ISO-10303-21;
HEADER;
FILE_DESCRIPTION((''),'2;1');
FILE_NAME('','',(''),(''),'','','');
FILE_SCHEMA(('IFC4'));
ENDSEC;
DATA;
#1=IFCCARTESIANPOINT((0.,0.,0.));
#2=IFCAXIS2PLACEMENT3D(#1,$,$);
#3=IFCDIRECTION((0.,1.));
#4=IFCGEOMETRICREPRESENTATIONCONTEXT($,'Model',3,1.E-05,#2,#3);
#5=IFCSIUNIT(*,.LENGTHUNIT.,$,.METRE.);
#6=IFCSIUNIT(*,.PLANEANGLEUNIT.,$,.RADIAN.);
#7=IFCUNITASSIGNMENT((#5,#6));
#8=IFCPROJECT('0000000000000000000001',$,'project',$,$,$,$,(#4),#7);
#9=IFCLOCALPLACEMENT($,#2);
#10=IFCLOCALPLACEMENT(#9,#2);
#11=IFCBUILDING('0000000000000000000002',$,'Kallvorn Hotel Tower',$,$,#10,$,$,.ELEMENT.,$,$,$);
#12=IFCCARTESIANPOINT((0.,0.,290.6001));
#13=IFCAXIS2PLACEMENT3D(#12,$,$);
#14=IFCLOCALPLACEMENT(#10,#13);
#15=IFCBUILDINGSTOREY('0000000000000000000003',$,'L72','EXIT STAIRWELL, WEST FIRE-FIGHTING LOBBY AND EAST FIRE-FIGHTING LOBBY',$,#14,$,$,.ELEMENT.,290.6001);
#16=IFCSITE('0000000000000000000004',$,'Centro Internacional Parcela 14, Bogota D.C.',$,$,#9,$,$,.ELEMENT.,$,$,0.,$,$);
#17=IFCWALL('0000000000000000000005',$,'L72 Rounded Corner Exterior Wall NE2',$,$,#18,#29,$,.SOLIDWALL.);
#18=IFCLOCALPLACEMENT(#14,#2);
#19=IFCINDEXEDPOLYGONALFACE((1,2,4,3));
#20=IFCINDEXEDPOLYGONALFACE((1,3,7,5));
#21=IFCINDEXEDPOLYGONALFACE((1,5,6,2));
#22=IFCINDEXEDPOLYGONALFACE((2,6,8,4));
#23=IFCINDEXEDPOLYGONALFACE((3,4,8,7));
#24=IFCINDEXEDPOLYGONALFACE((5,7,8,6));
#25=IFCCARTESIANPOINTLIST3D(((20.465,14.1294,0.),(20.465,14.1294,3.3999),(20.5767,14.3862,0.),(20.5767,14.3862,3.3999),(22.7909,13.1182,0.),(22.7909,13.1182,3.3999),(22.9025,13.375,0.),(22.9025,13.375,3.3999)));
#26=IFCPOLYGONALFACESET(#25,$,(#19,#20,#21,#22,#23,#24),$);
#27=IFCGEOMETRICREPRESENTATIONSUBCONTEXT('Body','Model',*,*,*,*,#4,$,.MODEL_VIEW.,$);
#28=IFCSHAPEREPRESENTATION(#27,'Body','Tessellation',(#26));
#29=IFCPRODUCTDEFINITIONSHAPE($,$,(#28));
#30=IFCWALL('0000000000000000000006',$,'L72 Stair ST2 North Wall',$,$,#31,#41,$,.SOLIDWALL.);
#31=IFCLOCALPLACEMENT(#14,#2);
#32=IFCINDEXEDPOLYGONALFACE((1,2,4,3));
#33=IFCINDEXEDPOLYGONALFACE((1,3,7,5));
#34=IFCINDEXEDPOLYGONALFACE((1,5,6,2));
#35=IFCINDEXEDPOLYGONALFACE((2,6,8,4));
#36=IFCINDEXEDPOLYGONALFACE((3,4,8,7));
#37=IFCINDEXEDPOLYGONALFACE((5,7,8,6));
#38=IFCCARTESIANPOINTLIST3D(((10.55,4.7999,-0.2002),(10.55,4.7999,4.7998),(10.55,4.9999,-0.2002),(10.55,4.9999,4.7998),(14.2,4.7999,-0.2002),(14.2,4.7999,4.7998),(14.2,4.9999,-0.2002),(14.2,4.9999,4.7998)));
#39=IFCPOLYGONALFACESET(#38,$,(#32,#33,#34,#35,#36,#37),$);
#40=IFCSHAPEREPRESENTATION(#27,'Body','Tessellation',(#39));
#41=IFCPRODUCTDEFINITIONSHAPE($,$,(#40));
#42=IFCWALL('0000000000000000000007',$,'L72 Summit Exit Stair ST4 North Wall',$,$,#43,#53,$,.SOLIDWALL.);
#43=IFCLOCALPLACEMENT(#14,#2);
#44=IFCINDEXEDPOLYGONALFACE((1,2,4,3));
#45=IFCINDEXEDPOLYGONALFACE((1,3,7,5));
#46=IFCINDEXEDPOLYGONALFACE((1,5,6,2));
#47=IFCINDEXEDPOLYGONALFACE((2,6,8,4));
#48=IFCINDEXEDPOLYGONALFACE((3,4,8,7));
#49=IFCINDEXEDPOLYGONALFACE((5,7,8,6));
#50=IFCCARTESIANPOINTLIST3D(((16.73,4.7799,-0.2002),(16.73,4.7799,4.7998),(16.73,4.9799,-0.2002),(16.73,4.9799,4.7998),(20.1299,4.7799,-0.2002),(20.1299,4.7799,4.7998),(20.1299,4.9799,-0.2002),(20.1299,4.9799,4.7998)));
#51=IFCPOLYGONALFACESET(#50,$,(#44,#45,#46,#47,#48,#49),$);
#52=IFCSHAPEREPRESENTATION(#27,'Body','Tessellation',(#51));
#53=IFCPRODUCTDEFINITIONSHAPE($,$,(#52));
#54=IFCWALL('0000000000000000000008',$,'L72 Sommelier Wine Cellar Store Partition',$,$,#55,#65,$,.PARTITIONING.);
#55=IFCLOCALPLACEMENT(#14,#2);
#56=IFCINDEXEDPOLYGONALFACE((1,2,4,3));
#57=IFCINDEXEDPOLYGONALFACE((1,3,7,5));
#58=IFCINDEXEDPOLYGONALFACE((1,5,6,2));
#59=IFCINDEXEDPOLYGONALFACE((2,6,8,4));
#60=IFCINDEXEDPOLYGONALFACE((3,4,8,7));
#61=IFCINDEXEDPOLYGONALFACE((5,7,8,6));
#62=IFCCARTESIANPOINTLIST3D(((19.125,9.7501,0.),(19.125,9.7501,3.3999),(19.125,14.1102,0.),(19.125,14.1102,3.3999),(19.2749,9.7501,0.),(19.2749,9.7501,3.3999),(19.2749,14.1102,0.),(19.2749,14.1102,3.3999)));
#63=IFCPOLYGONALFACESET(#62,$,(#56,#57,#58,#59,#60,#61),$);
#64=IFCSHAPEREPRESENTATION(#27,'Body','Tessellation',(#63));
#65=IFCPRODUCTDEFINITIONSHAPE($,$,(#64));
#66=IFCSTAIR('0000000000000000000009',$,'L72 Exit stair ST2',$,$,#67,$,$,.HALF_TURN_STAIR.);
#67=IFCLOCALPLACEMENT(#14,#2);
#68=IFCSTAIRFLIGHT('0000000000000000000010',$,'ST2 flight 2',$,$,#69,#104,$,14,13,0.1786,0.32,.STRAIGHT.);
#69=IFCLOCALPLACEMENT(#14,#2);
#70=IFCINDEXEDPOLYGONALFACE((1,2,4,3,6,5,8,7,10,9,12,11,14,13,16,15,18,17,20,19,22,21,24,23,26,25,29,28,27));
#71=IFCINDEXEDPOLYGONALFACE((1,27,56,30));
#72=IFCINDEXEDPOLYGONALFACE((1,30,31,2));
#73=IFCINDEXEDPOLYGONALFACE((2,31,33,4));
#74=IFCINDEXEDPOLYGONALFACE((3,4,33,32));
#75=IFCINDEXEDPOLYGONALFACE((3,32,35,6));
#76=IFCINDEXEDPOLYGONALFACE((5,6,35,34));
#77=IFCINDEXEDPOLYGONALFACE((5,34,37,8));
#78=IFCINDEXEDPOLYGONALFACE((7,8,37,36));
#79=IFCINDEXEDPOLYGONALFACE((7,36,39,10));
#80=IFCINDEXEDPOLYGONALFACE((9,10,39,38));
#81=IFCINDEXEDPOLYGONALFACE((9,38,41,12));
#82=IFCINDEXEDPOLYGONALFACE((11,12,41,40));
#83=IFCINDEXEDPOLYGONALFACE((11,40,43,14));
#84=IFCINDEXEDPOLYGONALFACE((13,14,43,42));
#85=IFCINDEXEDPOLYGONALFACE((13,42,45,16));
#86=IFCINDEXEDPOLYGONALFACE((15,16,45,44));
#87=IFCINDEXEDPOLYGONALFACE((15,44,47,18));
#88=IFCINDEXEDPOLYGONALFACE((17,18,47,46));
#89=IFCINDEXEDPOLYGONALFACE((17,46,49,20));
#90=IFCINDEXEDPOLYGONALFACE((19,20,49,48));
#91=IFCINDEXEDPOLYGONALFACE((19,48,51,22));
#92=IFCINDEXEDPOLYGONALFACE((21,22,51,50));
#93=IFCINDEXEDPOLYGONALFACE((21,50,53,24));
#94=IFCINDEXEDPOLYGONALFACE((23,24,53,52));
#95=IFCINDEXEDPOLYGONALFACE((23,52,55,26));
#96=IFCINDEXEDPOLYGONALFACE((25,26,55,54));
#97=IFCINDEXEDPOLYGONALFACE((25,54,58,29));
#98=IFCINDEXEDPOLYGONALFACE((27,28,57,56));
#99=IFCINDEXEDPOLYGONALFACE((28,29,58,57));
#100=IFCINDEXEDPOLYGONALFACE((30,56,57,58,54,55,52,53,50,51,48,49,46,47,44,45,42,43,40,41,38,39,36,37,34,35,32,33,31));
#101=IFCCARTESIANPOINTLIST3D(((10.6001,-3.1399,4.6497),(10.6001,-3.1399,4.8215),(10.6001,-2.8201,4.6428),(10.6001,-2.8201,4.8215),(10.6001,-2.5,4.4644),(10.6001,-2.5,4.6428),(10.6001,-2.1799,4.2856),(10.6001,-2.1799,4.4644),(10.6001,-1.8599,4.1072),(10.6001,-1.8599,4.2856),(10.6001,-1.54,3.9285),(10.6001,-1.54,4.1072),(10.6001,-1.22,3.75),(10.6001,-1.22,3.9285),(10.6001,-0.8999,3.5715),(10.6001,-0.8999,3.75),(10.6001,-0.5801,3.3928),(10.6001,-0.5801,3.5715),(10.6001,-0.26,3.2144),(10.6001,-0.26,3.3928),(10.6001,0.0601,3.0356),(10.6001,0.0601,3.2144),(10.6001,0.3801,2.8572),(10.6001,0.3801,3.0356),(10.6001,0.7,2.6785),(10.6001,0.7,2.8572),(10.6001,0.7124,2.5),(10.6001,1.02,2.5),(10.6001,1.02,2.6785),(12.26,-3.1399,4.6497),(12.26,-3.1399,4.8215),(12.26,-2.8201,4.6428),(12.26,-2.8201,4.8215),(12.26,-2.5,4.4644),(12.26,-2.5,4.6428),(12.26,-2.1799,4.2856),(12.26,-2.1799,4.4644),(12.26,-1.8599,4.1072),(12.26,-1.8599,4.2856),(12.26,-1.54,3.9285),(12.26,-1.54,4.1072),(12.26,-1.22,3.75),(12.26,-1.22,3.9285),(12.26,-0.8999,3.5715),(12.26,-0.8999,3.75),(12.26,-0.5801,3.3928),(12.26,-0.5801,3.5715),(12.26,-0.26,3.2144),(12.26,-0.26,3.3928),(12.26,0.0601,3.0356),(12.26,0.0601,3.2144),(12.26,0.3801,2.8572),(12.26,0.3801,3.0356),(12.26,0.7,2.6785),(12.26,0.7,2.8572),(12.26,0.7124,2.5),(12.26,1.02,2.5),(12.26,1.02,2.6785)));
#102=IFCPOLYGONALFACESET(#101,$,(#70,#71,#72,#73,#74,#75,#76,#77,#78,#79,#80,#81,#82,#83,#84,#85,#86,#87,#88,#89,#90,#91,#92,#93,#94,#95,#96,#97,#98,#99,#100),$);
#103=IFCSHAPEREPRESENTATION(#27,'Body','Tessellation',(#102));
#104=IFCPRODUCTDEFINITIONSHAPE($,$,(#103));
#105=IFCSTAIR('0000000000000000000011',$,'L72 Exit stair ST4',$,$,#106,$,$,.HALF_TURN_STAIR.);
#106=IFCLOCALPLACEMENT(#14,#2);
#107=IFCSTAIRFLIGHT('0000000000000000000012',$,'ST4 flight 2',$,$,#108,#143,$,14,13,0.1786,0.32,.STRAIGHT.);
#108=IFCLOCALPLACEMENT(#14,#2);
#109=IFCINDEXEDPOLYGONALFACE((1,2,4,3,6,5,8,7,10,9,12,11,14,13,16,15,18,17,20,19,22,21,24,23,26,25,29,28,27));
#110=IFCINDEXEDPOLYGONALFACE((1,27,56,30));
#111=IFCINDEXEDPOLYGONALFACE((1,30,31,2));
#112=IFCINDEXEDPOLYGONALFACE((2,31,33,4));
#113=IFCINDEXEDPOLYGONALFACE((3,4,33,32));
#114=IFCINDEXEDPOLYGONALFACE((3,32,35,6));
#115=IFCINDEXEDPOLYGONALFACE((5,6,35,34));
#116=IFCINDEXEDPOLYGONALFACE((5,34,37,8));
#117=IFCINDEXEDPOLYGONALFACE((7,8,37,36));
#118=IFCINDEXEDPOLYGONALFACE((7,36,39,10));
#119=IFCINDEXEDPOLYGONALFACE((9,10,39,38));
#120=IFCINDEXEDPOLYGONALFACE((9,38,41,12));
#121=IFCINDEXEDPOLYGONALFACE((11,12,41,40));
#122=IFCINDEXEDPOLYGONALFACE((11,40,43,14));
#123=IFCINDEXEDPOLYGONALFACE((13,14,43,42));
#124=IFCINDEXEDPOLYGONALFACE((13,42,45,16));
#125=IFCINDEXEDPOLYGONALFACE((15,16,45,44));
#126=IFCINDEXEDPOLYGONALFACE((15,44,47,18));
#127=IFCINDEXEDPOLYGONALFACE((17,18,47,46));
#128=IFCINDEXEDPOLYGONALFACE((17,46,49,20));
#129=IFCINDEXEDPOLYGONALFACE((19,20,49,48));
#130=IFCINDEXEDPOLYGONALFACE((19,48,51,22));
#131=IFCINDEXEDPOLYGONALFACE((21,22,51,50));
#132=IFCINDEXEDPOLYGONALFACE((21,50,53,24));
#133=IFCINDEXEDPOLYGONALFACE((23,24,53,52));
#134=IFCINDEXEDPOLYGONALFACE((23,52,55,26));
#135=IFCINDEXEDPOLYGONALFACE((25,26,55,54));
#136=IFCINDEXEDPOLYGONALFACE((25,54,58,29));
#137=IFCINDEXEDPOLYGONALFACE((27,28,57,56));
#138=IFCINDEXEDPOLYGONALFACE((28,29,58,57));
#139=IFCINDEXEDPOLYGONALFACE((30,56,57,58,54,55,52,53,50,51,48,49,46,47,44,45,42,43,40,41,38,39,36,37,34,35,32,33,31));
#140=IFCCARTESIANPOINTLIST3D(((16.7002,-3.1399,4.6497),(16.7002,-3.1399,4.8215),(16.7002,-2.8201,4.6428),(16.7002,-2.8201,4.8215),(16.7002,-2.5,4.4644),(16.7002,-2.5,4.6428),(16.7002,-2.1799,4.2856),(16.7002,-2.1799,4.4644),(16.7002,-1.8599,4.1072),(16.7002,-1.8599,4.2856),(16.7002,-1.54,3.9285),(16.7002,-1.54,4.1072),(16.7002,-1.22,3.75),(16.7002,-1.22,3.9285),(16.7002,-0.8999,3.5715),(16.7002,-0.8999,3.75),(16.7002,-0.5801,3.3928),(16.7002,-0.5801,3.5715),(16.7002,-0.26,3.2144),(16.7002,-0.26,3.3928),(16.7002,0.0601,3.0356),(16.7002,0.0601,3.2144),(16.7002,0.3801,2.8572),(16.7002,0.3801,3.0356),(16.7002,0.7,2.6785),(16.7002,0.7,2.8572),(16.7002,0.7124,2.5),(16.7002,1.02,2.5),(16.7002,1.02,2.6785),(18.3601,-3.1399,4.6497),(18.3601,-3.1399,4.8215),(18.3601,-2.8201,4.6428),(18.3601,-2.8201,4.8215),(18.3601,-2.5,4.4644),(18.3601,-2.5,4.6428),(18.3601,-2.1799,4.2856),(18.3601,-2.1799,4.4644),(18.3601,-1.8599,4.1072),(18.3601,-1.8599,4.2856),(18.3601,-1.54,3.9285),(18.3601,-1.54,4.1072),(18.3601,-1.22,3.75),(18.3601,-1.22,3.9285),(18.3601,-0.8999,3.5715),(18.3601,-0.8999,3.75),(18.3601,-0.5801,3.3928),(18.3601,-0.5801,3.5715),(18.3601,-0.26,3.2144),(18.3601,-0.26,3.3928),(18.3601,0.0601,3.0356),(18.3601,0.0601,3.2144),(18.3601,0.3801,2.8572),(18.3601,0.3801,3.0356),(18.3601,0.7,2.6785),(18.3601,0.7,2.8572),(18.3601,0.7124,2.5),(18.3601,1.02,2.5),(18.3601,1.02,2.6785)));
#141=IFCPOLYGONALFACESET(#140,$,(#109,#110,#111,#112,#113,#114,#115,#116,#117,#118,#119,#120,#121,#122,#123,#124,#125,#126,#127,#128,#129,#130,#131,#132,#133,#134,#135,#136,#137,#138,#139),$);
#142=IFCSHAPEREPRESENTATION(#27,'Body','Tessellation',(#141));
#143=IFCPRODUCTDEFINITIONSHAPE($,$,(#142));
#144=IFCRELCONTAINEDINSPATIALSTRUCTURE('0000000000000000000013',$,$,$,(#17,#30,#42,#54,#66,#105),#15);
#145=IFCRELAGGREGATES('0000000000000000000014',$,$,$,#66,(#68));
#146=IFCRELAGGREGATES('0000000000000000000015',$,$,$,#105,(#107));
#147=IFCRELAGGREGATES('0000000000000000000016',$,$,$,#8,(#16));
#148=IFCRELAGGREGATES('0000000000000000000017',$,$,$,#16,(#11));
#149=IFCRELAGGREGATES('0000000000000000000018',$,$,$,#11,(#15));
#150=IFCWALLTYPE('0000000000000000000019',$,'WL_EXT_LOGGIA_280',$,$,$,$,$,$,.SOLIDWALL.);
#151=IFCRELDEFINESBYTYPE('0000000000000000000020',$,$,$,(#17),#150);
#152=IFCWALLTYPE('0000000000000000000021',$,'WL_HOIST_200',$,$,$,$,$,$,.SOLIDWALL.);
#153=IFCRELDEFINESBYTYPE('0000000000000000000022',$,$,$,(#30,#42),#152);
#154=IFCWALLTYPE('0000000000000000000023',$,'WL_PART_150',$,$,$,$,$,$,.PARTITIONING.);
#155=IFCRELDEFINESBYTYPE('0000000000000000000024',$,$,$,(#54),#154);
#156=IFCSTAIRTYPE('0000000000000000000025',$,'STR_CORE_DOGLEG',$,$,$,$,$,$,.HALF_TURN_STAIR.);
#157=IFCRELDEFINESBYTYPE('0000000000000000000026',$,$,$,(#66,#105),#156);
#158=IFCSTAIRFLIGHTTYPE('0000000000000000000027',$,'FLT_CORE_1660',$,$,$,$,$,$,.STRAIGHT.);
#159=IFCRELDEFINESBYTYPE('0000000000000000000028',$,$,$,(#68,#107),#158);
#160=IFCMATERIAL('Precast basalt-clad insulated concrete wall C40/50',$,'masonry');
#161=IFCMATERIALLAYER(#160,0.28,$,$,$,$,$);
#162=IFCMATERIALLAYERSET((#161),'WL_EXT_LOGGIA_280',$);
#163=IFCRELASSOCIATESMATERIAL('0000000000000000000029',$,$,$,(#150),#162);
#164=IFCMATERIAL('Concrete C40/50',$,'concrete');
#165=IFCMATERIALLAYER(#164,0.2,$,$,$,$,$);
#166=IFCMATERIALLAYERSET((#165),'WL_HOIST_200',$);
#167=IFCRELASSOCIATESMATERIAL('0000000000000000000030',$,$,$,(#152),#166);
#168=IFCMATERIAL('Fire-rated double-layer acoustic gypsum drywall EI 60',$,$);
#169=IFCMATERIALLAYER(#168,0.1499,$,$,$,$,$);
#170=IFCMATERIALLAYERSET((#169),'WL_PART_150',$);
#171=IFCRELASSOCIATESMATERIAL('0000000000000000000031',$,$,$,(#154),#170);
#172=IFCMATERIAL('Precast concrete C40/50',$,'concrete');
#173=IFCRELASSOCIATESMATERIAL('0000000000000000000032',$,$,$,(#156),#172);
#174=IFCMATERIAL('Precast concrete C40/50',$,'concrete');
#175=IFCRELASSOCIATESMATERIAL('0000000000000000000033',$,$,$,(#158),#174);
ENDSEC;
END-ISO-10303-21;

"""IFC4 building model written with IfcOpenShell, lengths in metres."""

from ifc_helpers import new_model, si_unit, direction, frame, frame_2d, origin, place, context, subcontext, project, spatial, polyline, rectangle, outline, extrude, material, layer, layer_set, type_object, element, aggregate, save


model = new_model("IFC4")

# Units and contexts
model_context = context("Model", 3, precision=1e-05, world=origin(), true_north=direction((0.0, 1.0)))
body_context = subcontext(model_context, "Body", "Model", "MODEL_VIEW")
ifc_project = project(units=[si_unit("LENGTHUNIT", "METRE"), si_unit("PLANEANGLEUNIT", "RADIAN")], contexts=[model_context])

# Site, building, storey
site_placement = place(None, origin())
site = spatial("IfcSite", under=ifc_project, at=site_placement, Name="Centro Internacional Parcela 14, Bogota D.C.", CompositionType="ELEMENT", RefElevation=0.0)
building_placement = place(site_placement, origin())
building = spatial("IfcBuilding", under=site, at=building_placement, Name="Kallvorn Hotel Tower", CompositionType="ELEMENT")
storey_placement = place(building_placement, frame((0.0, 0.0, 290.6001)))
storey = spatial("IfcBuildingStorey", under=building, at=storey_placement, Name="L72", Description="EXIT STAIRWELL, WEST FIRE-FIGHTING LOBBY AND EAST FIRE-FIGHTING LOBBY", CompositionType="ELEMENT", Elevation=290.6001)

# Walls
ifc_material_1 = material(Name="Precast basalt-clad insulated concrete wall C40/50", Category="masonry")
ifc_layer_1 = layer(ifc_material_1, 0.28)
ifc_layer_set_1 = layer_set([ifc_layer_1], Name="WL_EXT_LOGGIA_280")
wall_type_1 = type_object("IfcWallType", Name="WL_EXT_LOGGIA_280", PredefinedType="SOLIDWALL", material=ifc_layer_set_1)
for number, where, z_axis, x_axis, name in (
    (1, (22.8467, 13.2466, 0.0), (0.0, 0.0, 1.0), (-0.917076, 0.398712, 0.0), "L72 Rounded Corner Exterior Wall NE2"),
):
    element("IfcWall", number, at=place(storey_placement, frame(where, z_axis=z_axis, x_axis=x_axis)), inside=storey, type_object=wall_type_1, Name=name, PredefinedType="SOLIDWALL", context=body_context, shape_type="SweptSolid", body=[
        extrude(rectangle(XDim=2.5361, YDim=0.28, at=frame_2d((1.2681, 0.0))), origin(), (0.0, 0.0, 1.0), 3.3999),
    ])
ifc_material_2 = material(Name="Concrete C40/50", Category="concrete")
ifc_layer_2 = layer(ifc_material_2, 0.2)
ifc_layer_set_2 = layer_set([ifc_layer_2], Name="WL_HOIST_200")
wall_type_2 = type_object("IfcWallType", Name="WL_HOIST_200", PredefinedType="SOLIDWALL", material=ifc_layer_set_2)
wall_1_placement = place(storey_placement, frame((10.55, 4.8999, -0.2002), z_axis=(0.0, 0.0, 1.0), x_axis=(1.0, 0.0, 0.0)))
element("IfcWall", 2, at=wall_1_placement, inside=storey, type_object=wall_type_2, Name="L72 Stair ST2 North Wall", PredefinedType="SOLIDWALL", context=body_context, shape_type="SweptSolid", body=[
    extrude(rectangle(XDim=3.6499, YDim=0.2, at=frame_2d((1.825, 0.0))), origin(), (0.0, 0.0, 1.0), 5.0),
])
wall_2_placement = place(storey_placement, frame((16.73, 4.8799, -0.2002), z_axis=(0.0, 0.0, 1.0), x_axis=(1.0, 0.0, 0.0)))
element("IfcWall", 3, at=wall_2_placement, inside=storey, type_object=wall_type_2, Name="L72 Summit Exit Stair ST4 North Wall", PredefinedType="SOLIDWALL", context=body_context, shape_type="SweptSolid", body=[
    extrude(rectangle(XDim=3.3999, YDim=0.2, at=frame_2d((1.7, 0.0))), origin(), (0.0, 0.0, 1.0), 5.0),
])
ifc_material_3 = material(Name="Fire-rated double-layer acoustic gypsum drywall EI 60")
ifc_layer_3 = layer(ifc_material_3, 0.1499)
ifc_layer_set_3 = layer_set([ifc_layer_3], Name="WL_PART_150")
wall_type_3 = type_object("IfcWallType", Name="WL_PART_150", PredefinedType="PARTITIONING", material=ifc_layer_set_3)
wall_3_placement = place(storey_placement, frame((19.2, 9.75, 0.0), z_axis=(0.0, 0.0, 1.0), x_axis=(0.0, 1.0, 0.0)))
element("IfcWall", 4, at=wall_3_placement, inside=storey, type_object=wall_type_3, Name="L72 Sommelier Wine Cellar Store Partition", PredefinedType="PARTITIONING", context=body_context, shape_type="SweptSolid", body=[
    extrude(rectangle(XDim=4.3601, YDim=0.1499, at=frame_2d((2.1802, 0.0))), origin(), (0.0, 0.0, 1.0), 3.3999),
])

# Stairs, stair flights
ifc_material_4 = material(Name="Precast concrete C40/50", Category="concrete")
stair_type = type_object("IfcStairType", Name="STR_CORE_DOGLEG", PredefinedType="HALF_TURN_STAIR", material=ifc_material_4)
stair_1_placement = place(storey_placement, origin())
stair_1 = element("IfcStair", 5, at=stair_1_placement, inside=storey, type_object=stair_type, Name="L72 Exit stair ST2", PredefinedType="HALF_TURN_STAIR")
ifc_material_5 = material(Name="Precast concrete C40/50", Category="concrete")
stair_flight_type = type_object("IfcStairFlightType", Name="FLT_CORE_1660", PredefinedType="STRAIGHT", material=ifc_material_5)
stair_flight_1_placement = place(storey_placement, frame((11.4299, 1.02, 2.5), z_axis=(0.0, 0.0, 1.0), x_axis=(0.0, -1.0, 0.0)))
stair_flight_1 = element("IfcStairFlight", 6, at=stair_flight_1_placement, type_object=stair_flight_type, Name="ST2 flight 2", NumberOfRisers=14, NumberOfTreads=13, PredefinedType="STRAIGHT", RiserHeight=0.1786, TreadLength=0.32, context=body_context, shape_type="SweptSolid", body=[
    extrude(outline(polyline([(0.0, 0.0), (0.0, 0.1785), (0.3201, 0.1785), (0.3201, 0.3572), (0.6399, 0.3572), (0.6399, 0.5356), (0.96, 0.5356), (0.96, 0.7144), (1.28, 0.7144), (1.28, 0.8928), (1.6001, 0.8928), (1.6001, 1.0715), (1.9199, 1.0715), (1.9199, 1.25), (2.24, 1.25), (2.24, 1.4285), (2.5601, 1.4285), (2.5601, 1.6072), (2.8799, 1.6072), (2.8799, 1.7856), (3.2, 1.7856), (3.2, 1.9644), (3.52, 1.9644), (3.52, 2.1428), (3.8401, 2.1428), (3.8401, 2.3215), (4.1599, 2.3215), (4.1599, 2.5), (4.1599, 2.1497), (0.3076, 0.0), (0.0, 0.0)])), frame((0.0, 0.8301, 0.0), z_axis=(0.0, -1.0, 0.0), x_axis=(1.0, 0.0, 0.0)), (0.0, 0.0, 1.0), 1.6599),
])
aggregate(stair_1, [stair_flight_1])
stair_2_placement = place(storey_placement, origin())
stair_2 = element("IfcStair", 7, at=stair_2_placement, inside=storey, type_object=stair_type, Name="L72 Exit stair ST4", PredefinedType="HALF_TURN_STAIR")
stair_flight_2_placement = place(storey_placement, frame((17.53, 1.02, 2.5), z_axis=(0.0, 0.0, 1.0), x_axis=(0.0, -1.0, 0.0)))
stair_flight_2 = element("IfcStairFlight", 8, at=stair_flight_2_placement, type_object=stair_flight_type, Name="ST4 flight 2", NumberOfRisers=14, NumberOfTreads=13, PredefinedType="STRAIGHT", RiserHeight=0.1786, TreadLength=0.32, context=body_context, shape_type="SweptSolid", body=[
    extrude(outline(polyline([(0.0, 0.0), (0.0, 0.1785), (0.3201, 0.1785), (0.3201, 0.3572), (0.6399, 0.3572), (0.6399, 0.5356), (0.96, 0.5356), (0.96, 0.7144), (1.28, 0.7144), (1.28, 0.8928), (1.6001, 0.8928), (1.6001, 1.0715), (1.9199, 1.0715), (1.9199, 1.25), (2.24, 1.25), (2.24, 1.4285), (2.5601, 1.4285), (2.5601, 1.6072), (2.8799, 1.6072), (2.8799, 1.7856), (3.2, 1.7856), (3.2, 1.9644), (3.52, 1.9644), (3.52, 2.1428), (3.8401, 2.1428), (3.8401, 2.3215), (4.1599, 2.3215), (4.1599, 2.5), (4.1599, 2.1497), (0.3076, 0.0), (0.0, 0.0)])), frame((0.0, 0.8301, 0.0), z_axis=(0.0, -1.0, 0.0), x_axis=(1.0, 0.0, 0.0)), (0.0, 0.0, 1.0), 1.6599),
])
aggregate(stair_2, [stair_flight_2])

save(model, "model.ifc")
